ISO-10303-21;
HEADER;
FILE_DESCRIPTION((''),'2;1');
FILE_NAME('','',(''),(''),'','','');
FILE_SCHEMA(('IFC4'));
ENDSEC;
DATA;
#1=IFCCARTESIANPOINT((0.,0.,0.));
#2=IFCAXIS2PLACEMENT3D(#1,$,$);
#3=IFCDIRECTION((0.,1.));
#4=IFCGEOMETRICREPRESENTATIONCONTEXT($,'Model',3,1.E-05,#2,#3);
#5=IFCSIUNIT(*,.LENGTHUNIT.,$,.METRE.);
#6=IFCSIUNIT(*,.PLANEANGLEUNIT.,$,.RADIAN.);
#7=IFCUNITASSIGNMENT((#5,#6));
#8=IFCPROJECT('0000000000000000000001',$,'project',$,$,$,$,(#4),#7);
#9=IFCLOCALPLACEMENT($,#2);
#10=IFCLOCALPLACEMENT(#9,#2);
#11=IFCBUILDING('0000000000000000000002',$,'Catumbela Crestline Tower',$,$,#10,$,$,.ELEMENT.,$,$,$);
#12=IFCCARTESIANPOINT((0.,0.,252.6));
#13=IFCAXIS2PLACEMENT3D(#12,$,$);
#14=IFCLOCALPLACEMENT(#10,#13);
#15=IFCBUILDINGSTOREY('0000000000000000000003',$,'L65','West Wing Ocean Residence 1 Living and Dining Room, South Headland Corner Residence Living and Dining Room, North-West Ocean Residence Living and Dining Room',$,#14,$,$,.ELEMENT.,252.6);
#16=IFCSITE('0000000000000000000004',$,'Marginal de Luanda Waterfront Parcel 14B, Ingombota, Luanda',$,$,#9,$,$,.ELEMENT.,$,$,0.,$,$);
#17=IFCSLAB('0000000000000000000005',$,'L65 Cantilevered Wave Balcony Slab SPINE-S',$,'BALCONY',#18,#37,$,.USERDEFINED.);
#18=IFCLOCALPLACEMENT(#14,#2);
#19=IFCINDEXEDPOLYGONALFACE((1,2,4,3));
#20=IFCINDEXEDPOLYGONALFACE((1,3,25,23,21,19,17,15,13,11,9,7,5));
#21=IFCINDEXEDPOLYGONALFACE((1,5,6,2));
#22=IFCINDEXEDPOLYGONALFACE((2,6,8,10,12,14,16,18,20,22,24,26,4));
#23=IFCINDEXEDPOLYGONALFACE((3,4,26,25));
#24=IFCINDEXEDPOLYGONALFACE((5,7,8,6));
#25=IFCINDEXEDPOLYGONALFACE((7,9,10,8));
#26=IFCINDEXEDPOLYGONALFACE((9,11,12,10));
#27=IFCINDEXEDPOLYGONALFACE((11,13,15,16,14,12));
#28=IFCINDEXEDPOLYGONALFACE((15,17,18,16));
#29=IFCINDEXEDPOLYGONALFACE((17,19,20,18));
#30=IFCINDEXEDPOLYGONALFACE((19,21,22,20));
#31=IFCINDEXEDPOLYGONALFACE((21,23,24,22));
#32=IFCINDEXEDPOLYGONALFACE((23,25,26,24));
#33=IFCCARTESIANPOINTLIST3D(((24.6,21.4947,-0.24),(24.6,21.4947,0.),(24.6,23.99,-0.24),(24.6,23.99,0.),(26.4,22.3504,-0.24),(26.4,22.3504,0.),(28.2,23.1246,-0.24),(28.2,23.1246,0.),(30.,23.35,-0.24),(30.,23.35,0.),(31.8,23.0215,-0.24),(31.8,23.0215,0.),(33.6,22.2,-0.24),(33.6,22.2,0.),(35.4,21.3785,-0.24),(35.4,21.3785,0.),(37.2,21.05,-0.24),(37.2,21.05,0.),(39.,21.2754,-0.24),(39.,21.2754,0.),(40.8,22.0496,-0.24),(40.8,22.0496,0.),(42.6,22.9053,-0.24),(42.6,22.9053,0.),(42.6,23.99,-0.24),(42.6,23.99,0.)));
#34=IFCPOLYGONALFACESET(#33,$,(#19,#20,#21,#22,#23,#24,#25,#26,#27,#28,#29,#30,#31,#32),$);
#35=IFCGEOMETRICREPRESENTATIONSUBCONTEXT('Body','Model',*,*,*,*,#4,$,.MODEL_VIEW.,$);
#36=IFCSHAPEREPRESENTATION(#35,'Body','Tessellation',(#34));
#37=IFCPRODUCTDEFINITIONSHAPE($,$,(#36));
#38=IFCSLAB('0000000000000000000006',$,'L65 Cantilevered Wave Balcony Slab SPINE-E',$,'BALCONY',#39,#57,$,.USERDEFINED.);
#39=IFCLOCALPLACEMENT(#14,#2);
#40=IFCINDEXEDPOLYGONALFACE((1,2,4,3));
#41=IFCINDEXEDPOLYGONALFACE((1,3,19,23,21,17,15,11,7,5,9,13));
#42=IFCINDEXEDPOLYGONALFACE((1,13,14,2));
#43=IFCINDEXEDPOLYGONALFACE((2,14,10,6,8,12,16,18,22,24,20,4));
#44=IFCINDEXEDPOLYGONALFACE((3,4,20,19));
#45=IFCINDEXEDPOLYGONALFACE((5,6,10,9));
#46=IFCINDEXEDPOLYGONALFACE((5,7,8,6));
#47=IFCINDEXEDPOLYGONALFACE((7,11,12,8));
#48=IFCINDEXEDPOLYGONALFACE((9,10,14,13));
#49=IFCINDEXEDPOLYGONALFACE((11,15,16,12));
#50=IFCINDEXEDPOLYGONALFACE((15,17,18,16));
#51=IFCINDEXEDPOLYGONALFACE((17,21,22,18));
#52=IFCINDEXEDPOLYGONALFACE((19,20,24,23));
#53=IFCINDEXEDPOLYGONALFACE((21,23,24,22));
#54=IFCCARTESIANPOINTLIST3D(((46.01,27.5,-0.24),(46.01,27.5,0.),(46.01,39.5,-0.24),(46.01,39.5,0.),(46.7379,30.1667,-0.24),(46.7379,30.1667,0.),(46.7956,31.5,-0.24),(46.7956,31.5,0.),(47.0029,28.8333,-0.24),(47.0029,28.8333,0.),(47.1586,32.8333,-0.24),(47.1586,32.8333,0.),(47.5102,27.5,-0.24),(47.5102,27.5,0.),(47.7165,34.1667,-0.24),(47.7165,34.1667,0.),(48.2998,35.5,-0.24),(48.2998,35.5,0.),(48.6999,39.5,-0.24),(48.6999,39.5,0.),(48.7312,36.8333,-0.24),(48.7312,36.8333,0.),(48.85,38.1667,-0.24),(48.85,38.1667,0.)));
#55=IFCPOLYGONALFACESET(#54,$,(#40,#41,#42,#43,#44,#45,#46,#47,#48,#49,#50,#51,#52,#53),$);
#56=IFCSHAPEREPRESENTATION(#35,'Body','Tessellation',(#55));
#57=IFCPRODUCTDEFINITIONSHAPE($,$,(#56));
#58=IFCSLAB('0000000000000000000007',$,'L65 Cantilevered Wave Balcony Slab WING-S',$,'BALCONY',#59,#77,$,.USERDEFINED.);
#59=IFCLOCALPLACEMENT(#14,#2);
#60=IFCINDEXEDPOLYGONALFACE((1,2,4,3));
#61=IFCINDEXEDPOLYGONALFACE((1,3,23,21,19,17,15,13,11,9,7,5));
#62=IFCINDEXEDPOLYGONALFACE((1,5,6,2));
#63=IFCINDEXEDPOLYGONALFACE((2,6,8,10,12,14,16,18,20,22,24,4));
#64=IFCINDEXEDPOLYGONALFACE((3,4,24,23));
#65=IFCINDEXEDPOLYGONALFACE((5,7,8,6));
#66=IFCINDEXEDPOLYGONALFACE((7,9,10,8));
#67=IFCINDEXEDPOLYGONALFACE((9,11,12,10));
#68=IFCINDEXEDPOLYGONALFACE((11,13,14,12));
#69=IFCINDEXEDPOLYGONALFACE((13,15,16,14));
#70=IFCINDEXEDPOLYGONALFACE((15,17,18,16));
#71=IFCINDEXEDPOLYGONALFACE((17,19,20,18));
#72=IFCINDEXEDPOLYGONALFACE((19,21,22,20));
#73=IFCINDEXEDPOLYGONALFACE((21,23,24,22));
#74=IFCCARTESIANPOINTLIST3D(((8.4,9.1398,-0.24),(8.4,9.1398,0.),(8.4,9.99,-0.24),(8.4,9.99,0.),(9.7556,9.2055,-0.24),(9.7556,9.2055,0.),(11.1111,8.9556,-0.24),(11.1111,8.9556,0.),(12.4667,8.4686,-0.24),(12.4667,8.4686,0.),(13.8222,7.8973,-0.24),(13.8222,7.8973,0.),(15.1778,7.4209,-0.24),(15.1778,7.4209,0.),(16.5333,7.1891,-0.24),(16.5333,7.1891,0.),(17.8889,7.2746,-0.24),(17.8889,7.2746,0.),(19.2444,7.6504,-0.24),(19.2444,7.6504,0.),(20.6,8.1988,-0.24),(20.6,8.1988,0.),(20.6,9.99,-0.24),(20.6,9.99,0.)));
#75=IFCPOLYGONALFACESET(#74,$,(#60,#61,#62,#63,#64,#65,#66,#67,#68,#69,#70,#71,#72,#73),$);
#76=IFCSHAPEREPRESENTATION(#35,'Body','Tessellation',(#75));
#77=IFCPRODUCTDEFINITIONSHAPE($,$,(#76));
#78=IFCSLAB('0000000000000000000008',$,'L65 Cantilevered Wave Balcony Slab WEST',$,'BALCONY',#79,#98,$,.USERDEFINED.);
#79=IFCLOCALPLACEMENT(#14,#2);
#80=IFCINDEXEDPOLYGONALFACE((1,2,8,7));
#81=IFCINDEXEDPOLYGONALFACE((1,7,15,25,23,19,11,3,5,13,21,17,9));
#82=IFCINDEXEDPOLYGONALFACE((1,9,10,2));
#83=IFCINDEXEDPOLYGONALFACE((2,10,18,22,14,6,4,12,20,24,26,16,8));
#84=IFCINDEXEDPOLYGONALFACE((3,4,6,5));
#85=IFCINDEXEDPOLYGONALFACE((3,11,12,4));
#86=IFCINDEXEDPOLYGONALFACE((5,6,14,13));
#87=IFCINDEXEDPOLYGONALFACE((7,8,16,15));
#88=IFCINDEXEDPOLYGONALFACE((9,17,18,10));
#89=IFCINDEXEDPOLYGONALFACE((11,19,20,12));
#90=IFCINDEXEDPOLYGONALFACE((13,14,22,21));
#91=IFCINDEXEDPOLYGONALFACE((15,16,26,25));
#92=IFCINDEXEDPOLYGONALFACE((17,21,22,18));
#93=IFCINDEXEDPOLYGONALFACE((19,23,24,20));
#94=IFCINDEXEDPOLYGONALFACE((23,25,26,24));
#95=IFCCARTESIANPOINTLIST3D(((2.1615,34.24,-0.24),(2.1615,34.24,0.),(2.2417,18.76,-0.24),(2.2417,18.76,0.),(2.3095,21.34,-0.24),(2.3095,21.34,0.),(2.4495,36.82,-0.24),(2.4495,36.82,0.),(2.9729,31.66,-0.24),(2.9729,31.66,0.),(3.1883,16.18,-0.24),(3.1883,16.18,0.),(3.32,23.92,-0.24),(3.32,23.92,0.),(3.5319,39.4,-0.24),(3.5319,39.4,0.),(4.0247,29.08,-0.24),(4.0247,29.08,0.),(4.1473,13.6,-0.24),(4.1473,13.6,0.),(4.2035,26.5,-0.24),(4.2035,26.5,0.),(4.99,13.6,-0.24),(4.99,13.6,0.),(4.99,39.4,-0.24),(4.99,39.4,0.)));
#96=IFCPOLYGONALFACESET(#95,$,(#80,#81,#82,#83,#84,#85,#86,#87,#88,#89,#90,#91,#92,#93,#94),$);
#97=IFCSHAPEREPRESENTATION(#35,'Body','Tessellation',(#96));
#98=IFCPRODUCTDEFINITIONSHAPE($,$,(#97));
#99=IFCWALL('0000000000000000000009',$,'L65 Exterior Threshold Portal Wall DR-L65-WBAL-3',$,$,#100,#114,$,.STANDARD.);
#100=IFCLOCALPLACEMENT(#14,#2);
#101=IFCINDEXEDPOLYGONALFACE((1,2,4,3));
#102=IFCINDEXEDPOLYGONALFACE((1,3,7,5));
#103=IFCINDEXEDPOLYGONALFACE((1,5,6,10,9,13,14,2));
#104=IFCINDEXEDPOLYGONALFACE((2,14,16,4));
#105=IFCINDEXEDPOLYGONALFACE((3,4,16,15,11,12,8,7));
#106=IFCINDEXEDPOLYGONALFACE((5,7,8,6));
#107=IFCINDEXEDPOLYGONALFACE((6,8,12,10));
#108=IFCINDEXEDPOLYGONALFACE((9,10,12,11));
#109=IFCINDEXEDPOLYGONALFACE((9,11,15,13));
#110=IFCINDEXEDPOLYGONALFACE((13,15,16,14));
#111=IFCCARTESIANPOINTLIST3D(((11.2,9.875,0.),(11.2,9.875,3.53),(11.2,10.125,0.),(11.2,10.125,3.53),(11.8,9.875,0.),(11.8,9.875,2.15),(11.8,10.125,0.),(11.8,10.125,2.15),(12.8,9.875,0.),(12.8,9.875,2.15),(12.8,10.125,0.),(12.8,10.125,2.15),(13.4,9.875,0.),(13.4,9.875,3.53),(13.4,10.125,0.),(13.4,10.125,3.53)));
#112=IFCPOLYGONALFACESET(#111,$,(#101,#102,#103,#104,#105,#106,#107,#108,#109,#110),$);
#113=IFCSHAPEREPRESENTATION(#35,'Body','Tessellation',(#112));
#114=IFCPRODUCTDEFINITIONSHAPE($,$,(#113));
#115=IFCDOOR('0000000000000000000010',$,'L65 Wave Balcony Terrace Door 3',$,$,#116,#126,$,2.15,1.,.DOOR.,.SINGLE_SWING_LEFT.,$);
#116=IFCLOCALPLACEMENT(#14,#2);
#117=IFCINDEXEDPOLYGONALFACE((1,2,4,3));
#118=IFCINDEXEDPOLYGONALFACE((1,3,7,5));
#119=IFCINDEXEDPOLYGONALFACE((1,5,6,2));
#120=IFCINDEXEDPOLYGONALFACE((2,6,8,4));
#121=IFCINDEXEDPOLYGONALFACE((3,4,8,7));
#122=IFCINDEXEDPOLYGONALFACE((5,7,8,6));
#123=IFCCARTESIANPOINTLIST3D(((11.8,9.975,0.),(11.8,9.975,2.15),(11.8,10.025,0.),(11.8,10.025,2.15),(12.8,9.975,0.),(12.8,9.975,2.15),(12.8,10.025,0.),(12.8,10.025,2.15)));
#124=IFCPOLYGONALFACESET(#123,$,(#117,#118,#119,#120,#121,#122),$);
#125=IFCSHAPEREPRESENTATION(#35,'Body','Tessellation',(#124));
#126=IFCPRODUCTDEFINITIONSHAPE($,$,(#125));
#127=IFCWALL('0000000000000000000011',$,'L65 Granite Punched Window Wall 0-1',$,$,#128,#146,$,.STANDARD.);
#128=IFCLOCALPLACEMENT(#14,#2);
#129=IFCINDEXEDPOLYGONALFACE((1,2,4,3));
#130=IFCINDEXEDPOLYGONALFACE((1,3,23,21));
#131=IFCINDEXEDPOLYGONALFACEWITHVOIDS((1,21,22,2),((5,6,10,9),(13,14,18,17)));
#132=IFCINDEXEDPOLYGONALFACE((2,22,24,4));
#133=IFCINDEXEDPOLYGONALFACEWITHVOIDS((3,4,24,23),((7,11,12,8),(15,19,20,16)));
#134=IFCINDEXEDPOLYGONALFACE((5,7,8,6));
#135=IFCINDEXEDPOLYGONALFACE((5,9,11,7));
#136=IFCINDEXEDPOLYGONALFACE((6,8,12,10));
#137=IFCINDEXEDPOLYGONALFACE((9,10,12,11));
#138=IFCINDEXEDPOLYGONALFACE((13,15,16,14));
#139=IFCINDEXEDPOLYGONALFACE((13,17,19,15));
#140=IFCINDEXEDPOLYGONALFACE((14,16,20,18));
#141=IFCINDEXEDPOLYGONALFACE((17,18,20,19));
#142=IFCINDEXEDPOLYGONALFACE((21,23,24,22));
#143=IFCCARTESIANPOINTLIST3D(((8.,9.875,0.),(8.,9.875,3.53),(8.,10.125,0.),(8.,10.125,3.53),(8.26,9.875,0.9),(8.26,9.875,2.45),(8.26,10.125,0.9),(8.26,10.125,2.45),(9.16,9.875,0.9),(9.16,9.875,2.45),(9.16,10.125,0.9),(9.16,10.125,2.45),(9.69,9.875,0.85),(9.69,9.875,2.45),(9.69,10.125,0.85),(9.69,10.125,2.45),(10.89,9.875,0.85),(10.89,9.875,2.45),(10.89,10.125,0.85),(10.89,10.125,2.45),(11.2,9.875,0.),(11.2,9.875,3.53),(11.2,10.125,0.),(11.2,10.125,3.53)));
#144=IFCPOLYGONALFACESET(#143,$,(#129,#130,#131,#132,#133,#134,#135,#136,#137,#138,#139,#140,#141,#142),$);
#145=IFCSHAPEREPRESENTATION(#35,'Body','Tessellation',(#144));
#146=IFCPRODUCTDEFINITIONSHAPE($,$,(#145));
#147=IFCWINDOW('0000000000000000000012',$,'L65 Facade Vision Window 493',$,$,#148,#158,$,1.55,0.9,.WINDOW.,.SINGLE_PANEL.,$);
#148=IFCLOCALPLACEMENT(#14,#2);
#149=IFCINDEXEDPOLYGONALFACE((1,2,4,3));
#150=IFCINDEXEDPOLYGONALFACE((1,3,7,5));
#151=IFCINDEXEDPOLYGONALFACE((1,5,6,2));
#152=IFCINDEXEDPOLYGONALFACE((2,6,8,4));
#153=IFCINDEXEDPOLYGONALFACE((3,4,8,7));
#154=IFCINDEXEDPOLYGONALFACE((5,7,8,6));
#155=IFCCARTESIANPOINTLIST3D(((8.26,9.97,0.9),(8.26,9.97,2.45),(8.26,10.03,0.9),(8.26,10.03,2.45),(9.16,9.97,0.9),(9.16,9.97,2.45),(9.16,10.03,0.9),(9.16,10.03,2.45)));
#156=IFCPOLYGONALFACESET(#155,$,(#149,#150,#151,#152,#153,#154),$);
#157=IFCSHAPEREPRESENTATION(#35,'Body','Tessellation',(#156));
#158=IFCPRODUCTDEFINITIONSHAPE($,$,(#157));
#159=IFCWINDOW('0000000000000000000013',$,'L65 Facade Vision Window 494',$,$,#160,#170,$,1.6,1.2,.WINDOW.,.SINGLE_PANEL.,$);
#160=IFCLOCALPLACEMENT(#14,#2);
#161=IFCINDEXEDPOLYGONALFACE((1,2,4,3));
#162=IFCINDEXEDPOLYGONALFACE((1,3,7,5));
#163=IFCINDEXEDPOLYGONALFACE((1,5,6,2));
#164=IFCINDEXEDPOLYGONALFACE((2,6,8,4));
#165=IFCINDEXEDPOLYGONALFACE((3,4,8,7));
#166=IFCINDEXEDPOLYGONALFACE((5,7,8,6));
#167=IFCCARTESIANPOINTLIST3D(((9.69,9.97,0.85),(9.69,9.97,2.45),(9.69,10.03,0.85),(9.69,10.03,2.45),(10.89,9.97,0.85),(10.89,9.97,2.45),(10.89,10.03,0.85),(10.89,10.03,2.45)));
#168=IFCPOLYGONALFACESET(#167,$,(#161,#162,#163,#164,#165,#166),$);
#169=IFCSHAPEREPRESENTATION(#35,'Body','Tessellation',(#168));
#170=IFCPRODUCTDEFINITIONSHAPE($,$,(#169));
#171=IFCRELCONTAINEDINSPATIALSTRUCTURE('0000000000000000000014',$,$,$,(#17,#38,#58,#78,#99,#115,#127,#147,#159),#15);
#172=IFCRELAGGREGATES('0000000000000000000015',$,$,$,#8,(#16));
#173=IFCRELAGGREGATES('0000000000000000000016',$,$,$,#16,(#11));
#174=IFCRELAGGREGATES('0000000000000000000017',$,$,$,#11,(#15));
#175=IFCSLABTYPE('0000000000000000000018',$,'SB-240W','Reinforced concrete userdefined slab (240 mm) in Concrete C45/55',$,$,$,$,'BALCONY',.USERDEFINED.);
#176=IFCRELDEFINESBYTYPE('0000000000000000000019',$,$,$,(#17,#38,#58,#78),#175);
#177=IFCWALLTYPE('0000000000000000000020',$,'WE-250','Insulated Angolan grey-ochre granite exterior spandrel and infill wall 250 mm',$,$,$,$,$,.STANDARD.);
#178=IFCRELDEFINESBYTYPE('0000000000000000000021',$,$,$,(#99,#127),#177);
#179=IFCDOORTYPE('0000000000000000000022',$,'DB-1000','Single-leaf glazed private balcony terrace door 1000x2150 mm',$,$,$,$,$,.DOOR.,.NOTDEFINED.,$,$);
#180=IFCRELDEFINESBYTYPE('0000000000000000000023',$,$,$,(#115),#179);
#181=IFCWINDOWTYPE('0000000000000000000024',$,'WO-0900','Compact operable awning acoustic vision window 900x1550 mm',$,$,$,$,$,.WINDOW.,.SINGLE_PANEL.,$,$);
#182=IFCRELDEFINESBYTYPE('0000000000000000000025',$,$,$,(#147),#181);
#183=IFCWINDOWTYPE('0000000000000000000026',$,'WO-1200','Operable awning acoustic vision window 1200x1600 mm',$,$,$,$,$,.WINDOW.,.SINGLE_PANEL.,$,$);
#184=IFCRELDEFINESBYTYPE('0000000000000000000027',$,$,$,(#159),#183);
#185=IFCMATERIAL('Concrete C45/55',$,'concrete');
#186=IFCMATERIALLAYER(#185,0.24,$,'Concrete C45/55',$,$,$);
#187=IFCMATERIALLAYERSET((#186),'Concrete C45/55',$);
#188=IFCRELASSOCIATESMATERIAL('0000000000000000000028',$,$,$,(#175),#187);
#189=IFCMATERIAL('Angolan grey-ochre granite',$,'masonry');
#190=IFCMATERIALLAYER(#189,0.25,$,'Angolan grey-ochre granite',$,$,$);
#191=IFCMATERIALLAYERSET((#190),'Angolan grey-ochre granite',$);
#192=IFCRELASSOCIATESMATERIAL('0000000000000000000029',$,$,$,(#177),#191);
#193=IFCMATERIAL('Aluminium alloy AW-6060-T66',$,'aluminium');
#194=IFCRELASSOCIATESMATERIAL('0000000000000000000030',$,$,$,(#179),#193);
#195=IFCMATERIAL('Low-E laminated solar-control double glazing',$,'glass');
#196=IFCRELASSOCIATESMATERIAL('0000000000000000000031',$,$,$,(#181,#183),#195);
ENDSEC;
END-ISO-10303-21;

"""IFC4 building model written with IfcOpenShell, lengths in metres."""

from ifc_helpers import new_model, si_unit, direction, frame, frame_2d, origin, place, context, subcontext, project, spatial, polyline, rectangle, outline, extrude, material, layer, layer_set, type_object, element, fill, save


model = new_model("IFC4")

# Units and contexts
model_context = context("Model", 3, precision=1e-05, world=origin(), true_north=direction((0.0, 1.0)))
body_context = subcontext(model_context, "Body", "Model", "MODEL_VIEW")
ifc_project = project(units=[si_unit("LENGTHUNIT", "METRE"), si_unit("PLANEANGLEUNIT", "RADIAN")], contexts=[model_context])

# Site, building, storey
site_placement = place(None, origin())
site = spatial("IfcSite", under=ifc_project, at=site_placement, Name="Marginal de Luanda Waterfront Parcel 14B, Ingombota, Luanda", CompositionType="ELEMENT", RefElevation=0.0)
building_placement = place(site_placement, origin())
building = spatial("IfcBuilding", under=site, at=building_placement, Name="Catumbela Crestline Tower", CompositionType="ELEMENT")
storey_placement = place(building_placement, frame((0.0, 0.0, 252.6)))
storey = spatial("IfcBuildingStorey", under=building, at=storey_placement, Name="L65", Description="West Wing Ocean Residence 1 Living and Dining Room, South Headland Corner Residence Living and Dining Room, North-West Ocean Residence Living and Dining Room", CompositionType="ELEMENT", Elevation=252.6)

# Shared definitions
ifc_material_1 = material(Name="Aluminium alloy AW-6060-T66", Category="aluminium")
ifc_material_2 = material(Name="Low-E laminated solar-control double glazing", Category="glass")

# Shared definitions
ifc_material_3 = material(Name="Concrete C45/55", Category="concrete")

# Slabs
ifc_layer_1 = layer(ifc_material_3, 0.24, Name="Concrete C45/55")
ifc_layer_set_1 = layer_set([ifc_layer_1], Name="Concrete C45/55")
slab_type_1 = type_object("IfcSlabType", Name="SB-240W", Description="Reinforced concrete userdefined slab (240 mm) in Concrete C45/55", ElementType="BALCONY", PredefinedType="USERDEFINED", material=ifc_layer_set_1)
slab_1_placement = place(storey_placement, frame((0.0, 0.0, -0.24)))
element("IfcSlab", 1, at=slab_1_placement, inside=storey, type_object=slab_type_1, Name="L65 Cantilevered Wave Balcony Slab SPINE-S", ObjectType="BALCONY", PredefinedType="USERDEFINED", context=body_context, shape_type="SweptSolid", body=[
    extrude(outline(polyline([(24.6, 21.4947), (26.4, 22.3504), (28.2, 23.1246), (30.0, 23.35), (31.8, 23.0215), (33.6, 22.2), (35.4, 21.3785), (37.2, 21.05), (39.0, 21.2754), (40.8, 22.0496), (42.6, 22.9053), (42.6, 23.99), (24.6, 23.99), (24.6, 21.4947)])), origin(), (0.0, 0.0, 1.0), 0.24),
])
slab_2_placement = place(storey_placement, frame((0.0, 0.0, -0.24)))
element("IfcSlab", 2, at=slab_2_placement, inside=storey, type_object=slab_type_1, Name="L65 Cantilevered Wave Balcony Slab SPINE-E", ObjectType="BALCONY", PredefinedType="USERDEFINED", context=body_context, shape_type="SweptSolid", body=[
    extrude(outline(polyline([(46.01, 27.5), (47.5102, 27.5), (47.0029, 28.8333), (46.7379, 30.1667), (46.7956, 31.5), (47.1586, 32.8333), (47.7165, 34.1667), (48.2998, 35.5), (48.7312, 36.8333), (48.85, 38.1667), (48.6999, 39.5), (46.01, 39.5), (46.01, 27.5)])), origin(), (0.0, 0.0, 1.0), 0.24),
])
slab_3_placement = place(storey_placement, frame((0.0, 0.0, -0.24)))
element("IfcSlab", 3, at=slab_3_placement, inside=storey, type_object=slab_type_1, Name="L65 Cantilevered Wave Balcony Slab WING-S", ObjectType="BALCONY", PredefinedType="USERDEFINED", context=body_context, shape_type="SweptSolid", body=[
    extrude(outline(polyline([(8.4, 9.1398), (9.7556, 9.2055), (11.1111, 8.9556), (12.4667, 8.4686), (13.8222, 7.8973), (15.1778, 7.4209), (16.5333, 7.1891), (17.8889, 7.2746), (19.2444, 7.6504), (20.6, 8.1988), (20.6, 9.99), (8.4, 9.99), (8.4, 9.1398)])), origin(), (0.0, 0.0, 1.0), 0.24),
])
slab_4_placement = place(storey_placement, frame((0.0, 0.0, -0.24)))
element("IfcSlab", 4, at=slab_4_placement, inside=storey, type_object=slab_type_1, Name="L65 Cantilevered Wave Balcony Slab WEST", ObjectType="BALCONY", PredefinedType="USERDEFINED", context=body_context, shape_type="SweptSolid", body=[
    extrude(outline(polyline([(4.99, 39.4), (3.5319, 39.4), (2.4495, 36.82), (2.1615, 34.24), (2.9729, 31.66), (4.0247, 29.08), (4.2035, 26.5), (3.32, 23.92), (2.3095, 21.34), (2.2417, 18.76), (3.1883, 16.18), (4.1473, 13.6), (4.99, 13.6), (4.99, 39.4)])), origin(), (0.0, 0.0, 1.0), 0.24),
])

# Wall, opening, door
ifc_material_4 = material(Name="Angolan grey-ochre granite", Category="masonry")
ifc_layer_2 = layer(ifc_material_4, 0.25, Name="Angolan grey-ochre granite")
ifc_layer_set_2 = layer_set([ifc_layer_2], Name="Angolan grey-ochre granite")
wall_type = type_object("IfcWallType", Name="WE-250", Description="Insulated Angolan grey-ochre granite exterior spandrel and infill wall 250 mm", PredefinedType="STANDARD", material=ifc_layer_set_2)
wall_1_placement = place(storey_placement, frame((11.2, 10.0, 0.0), z_axis=(0.0, 0.0, 1.0), x_axis=(1.0, 0.0, 0.0)))
wall_1 = element("IfcWall", 5, at=wall_1_placement, inside=storey, type_object=wall_type, Name="L65 Exterior Threshold Portal Wall DR-L65-WBAL-3", PredefinedType="STANDARD", context=body_context, shape_type="SweptSolid", body=[
    extrude(rectangle(XDim=2.2, YDim=0.25, at=frame_2d((1.1, 0.0))), origin(), (0.0, 0.0, 1.0), 3.53),
])
opening_1_placement = place(wall_1_placement, frame((0.6, 0.0, 0.0)))
opening_1 = element("IfcOpeningElement", 6, at=opening_1_placement, cuts=wall_1, PredefinedType="OPENING", context=body_context, shape_type="SweptSolid", body=[
    extrude(rectangle(XDim=1.0, YDim=2.15, at=frame_2d((0.5, 1.075))), frame((0.0, 0.135, 0.0), z_axis=(0.0, -1.0, 0.0), x_axis=(1.0, 0.0, 0.0)), (0.0, 0.0, 1.0), 0.27),
])
door_type = type_object("IfcDoorType", Name="DB-1000", Description="Single-leaf glazed private balcony terrace door 1000x2150 mm", OperationType="NOTDEFINED", PredefinedType="DOOR", material=ifc_material_1)
door_placement = place(opening_1_placement, origin())
door = element("IfcDoor", 7, at=door_placement, inside=storey, type_object=door_type, Name="L65 Wave Balcony Terrace Door 3", OperationType="SINGLE_SWING_LEFT", OverallHeight=2.15, OverallWidth=1.0, PredefinedType="DOOR", context=body_context, shape_type="SweptSolid", body=[
    extrude(rectangle(XDim=1.0, YDim=2.15, at=frame_2d((0.5, 1.075))), frame((0.0, 0.025, 0.0), z_axis=(0.0, -1.0, 0.0), x_axis=(1.0, 0.0, 0.0)), (0.0, 0.0, 1.0), 0.05),
])
fill(opening_1, door)

# Wall, openings, windows
wall_2_placement = place(storey_placement, frame((8.0, 10.0, 0.0), z_axis=(0.0, 0.0, 1.0), x_axis=(1.0, 0.0, 0.0)))
wall_2 = element("IfcWall", 8, at=wall_2_placement, inside=storey, type_object=wall_type, Name="L65 Granite Punched Window Wall 0-1", PredefinedType="STANDARD", context=body_context, shape_type="SweptSolid", body=[
    extrude(rectangle(XDim=3.2, YDim=0.25, at=frame_2d((1.6, 0.0))), origin(), (0.0, 0.0, 1.0), 3.53),
])
opening_2_placement = place(wall_2_placement, frame((0.26, 0.0, 0.9)))
opening_2 = element("IfcOpeningElement", 9, at=opening_2_placement, cuts=wall_2, PredefinedType="OPENING", context=body_context, shape_type="SweptSolid", body=[
    extrude(rectangle(XDim=0.9, YDim=1.55, at=frame_2d((0.45, 0.775))), frame((0.0, 0.135, 0.0), z_axis=(0.0, -1.0, 0.0), x_axis=(1.0, 0.0, 0.0)), (0.0, 0.0, 1.0), 0.27),
])
opening_3_placement = place(wall_2_placement, frame((1.69, 0.0, 0.85)))
opening_3 = element("IfcOpeningElement", 10, at=opening_3_placement, cuts=wall_2, PredefinedType="OPENING", context=body_context, shape_type="SweptSolid", body=[
    extrude(rectangle(XDim=1.2, YDim=1.6, at=frame_2d((0.6, 0.8))), frame((0.0, 0.135, 0.0), z_axis=(0.0, -1.0, 0.0), x_axis=(1.0, 0.0, 0.0)), (0.0, 0.0, 1.0), 0.27),
])
window_type_1 = type_object("IfcWindowType", Name="WO-0900", Description="Compact operable awning acoustic vision window 900x1550 mm", PartitioningType="SINGLE_PANEL", PredefinedType="WINDOW", material=ifc_material_2)
window_1_placement = place(opening_2_placement, origin())
window_1 = element("IfcWindow", 11, at=window_1_placement, inside=storey, type_object=window_type_1, Name="L65 Facade Vision Window 493", OverallHeight=1.55, OverallWidth=0.9, PartitioningType="SINGLE_PANEL", PredefinedType="WINDOW", context=body_context, shape_type="SweptSolid", body=[
    extrude(rectangle(XDim=0.9, YDim=1.55, at=frame_2d((0.45, 0.775))), frame((0.0, 0.03, 0.0), z_axis=(0.0, -1.0, 0.0), x_axis=(1.0, 0.0, 0.0)), (0.0, 0.0, 1.0), 0.06),
])
fill(opening_2, window_1)
window_type_2 = type_object("IfcWindowType", Name="WO-1200", Description="Operable awning acoustic vision window 1200x1600 mm", PartitioningType="SINGLE_PANEL", PredefinedType="WINDOW", material=ifc_material_2)
window_2_placement = place(opening_3_placement, origin())
window_2 = element("IfcWindow", 12, at=window_2_placement, inside=storey, type_object=window_type_2, Name="L65 Facade Vision Window 494", OverallHeight=1.6, OverallWidth=1.2, PartitioningType="SINGLE_PANEL", PredefinedType="WINDOW", context=body_context, shape_type="SweptSolid", body=[
    extrude(rectangle(XDim=1.2, YDim=1.6, at=frame_2d((0.6, 0.8))), frame((0.0, 0.03, 0.0), z_axis=(0.0, -1.0, 0.0), x_axis=(1.0, 0.0, 0.0)), (0.0, 0.0, 1.0), 0.06),
])
fill(opening_3, window_2)

save(model, "model.ifc")
